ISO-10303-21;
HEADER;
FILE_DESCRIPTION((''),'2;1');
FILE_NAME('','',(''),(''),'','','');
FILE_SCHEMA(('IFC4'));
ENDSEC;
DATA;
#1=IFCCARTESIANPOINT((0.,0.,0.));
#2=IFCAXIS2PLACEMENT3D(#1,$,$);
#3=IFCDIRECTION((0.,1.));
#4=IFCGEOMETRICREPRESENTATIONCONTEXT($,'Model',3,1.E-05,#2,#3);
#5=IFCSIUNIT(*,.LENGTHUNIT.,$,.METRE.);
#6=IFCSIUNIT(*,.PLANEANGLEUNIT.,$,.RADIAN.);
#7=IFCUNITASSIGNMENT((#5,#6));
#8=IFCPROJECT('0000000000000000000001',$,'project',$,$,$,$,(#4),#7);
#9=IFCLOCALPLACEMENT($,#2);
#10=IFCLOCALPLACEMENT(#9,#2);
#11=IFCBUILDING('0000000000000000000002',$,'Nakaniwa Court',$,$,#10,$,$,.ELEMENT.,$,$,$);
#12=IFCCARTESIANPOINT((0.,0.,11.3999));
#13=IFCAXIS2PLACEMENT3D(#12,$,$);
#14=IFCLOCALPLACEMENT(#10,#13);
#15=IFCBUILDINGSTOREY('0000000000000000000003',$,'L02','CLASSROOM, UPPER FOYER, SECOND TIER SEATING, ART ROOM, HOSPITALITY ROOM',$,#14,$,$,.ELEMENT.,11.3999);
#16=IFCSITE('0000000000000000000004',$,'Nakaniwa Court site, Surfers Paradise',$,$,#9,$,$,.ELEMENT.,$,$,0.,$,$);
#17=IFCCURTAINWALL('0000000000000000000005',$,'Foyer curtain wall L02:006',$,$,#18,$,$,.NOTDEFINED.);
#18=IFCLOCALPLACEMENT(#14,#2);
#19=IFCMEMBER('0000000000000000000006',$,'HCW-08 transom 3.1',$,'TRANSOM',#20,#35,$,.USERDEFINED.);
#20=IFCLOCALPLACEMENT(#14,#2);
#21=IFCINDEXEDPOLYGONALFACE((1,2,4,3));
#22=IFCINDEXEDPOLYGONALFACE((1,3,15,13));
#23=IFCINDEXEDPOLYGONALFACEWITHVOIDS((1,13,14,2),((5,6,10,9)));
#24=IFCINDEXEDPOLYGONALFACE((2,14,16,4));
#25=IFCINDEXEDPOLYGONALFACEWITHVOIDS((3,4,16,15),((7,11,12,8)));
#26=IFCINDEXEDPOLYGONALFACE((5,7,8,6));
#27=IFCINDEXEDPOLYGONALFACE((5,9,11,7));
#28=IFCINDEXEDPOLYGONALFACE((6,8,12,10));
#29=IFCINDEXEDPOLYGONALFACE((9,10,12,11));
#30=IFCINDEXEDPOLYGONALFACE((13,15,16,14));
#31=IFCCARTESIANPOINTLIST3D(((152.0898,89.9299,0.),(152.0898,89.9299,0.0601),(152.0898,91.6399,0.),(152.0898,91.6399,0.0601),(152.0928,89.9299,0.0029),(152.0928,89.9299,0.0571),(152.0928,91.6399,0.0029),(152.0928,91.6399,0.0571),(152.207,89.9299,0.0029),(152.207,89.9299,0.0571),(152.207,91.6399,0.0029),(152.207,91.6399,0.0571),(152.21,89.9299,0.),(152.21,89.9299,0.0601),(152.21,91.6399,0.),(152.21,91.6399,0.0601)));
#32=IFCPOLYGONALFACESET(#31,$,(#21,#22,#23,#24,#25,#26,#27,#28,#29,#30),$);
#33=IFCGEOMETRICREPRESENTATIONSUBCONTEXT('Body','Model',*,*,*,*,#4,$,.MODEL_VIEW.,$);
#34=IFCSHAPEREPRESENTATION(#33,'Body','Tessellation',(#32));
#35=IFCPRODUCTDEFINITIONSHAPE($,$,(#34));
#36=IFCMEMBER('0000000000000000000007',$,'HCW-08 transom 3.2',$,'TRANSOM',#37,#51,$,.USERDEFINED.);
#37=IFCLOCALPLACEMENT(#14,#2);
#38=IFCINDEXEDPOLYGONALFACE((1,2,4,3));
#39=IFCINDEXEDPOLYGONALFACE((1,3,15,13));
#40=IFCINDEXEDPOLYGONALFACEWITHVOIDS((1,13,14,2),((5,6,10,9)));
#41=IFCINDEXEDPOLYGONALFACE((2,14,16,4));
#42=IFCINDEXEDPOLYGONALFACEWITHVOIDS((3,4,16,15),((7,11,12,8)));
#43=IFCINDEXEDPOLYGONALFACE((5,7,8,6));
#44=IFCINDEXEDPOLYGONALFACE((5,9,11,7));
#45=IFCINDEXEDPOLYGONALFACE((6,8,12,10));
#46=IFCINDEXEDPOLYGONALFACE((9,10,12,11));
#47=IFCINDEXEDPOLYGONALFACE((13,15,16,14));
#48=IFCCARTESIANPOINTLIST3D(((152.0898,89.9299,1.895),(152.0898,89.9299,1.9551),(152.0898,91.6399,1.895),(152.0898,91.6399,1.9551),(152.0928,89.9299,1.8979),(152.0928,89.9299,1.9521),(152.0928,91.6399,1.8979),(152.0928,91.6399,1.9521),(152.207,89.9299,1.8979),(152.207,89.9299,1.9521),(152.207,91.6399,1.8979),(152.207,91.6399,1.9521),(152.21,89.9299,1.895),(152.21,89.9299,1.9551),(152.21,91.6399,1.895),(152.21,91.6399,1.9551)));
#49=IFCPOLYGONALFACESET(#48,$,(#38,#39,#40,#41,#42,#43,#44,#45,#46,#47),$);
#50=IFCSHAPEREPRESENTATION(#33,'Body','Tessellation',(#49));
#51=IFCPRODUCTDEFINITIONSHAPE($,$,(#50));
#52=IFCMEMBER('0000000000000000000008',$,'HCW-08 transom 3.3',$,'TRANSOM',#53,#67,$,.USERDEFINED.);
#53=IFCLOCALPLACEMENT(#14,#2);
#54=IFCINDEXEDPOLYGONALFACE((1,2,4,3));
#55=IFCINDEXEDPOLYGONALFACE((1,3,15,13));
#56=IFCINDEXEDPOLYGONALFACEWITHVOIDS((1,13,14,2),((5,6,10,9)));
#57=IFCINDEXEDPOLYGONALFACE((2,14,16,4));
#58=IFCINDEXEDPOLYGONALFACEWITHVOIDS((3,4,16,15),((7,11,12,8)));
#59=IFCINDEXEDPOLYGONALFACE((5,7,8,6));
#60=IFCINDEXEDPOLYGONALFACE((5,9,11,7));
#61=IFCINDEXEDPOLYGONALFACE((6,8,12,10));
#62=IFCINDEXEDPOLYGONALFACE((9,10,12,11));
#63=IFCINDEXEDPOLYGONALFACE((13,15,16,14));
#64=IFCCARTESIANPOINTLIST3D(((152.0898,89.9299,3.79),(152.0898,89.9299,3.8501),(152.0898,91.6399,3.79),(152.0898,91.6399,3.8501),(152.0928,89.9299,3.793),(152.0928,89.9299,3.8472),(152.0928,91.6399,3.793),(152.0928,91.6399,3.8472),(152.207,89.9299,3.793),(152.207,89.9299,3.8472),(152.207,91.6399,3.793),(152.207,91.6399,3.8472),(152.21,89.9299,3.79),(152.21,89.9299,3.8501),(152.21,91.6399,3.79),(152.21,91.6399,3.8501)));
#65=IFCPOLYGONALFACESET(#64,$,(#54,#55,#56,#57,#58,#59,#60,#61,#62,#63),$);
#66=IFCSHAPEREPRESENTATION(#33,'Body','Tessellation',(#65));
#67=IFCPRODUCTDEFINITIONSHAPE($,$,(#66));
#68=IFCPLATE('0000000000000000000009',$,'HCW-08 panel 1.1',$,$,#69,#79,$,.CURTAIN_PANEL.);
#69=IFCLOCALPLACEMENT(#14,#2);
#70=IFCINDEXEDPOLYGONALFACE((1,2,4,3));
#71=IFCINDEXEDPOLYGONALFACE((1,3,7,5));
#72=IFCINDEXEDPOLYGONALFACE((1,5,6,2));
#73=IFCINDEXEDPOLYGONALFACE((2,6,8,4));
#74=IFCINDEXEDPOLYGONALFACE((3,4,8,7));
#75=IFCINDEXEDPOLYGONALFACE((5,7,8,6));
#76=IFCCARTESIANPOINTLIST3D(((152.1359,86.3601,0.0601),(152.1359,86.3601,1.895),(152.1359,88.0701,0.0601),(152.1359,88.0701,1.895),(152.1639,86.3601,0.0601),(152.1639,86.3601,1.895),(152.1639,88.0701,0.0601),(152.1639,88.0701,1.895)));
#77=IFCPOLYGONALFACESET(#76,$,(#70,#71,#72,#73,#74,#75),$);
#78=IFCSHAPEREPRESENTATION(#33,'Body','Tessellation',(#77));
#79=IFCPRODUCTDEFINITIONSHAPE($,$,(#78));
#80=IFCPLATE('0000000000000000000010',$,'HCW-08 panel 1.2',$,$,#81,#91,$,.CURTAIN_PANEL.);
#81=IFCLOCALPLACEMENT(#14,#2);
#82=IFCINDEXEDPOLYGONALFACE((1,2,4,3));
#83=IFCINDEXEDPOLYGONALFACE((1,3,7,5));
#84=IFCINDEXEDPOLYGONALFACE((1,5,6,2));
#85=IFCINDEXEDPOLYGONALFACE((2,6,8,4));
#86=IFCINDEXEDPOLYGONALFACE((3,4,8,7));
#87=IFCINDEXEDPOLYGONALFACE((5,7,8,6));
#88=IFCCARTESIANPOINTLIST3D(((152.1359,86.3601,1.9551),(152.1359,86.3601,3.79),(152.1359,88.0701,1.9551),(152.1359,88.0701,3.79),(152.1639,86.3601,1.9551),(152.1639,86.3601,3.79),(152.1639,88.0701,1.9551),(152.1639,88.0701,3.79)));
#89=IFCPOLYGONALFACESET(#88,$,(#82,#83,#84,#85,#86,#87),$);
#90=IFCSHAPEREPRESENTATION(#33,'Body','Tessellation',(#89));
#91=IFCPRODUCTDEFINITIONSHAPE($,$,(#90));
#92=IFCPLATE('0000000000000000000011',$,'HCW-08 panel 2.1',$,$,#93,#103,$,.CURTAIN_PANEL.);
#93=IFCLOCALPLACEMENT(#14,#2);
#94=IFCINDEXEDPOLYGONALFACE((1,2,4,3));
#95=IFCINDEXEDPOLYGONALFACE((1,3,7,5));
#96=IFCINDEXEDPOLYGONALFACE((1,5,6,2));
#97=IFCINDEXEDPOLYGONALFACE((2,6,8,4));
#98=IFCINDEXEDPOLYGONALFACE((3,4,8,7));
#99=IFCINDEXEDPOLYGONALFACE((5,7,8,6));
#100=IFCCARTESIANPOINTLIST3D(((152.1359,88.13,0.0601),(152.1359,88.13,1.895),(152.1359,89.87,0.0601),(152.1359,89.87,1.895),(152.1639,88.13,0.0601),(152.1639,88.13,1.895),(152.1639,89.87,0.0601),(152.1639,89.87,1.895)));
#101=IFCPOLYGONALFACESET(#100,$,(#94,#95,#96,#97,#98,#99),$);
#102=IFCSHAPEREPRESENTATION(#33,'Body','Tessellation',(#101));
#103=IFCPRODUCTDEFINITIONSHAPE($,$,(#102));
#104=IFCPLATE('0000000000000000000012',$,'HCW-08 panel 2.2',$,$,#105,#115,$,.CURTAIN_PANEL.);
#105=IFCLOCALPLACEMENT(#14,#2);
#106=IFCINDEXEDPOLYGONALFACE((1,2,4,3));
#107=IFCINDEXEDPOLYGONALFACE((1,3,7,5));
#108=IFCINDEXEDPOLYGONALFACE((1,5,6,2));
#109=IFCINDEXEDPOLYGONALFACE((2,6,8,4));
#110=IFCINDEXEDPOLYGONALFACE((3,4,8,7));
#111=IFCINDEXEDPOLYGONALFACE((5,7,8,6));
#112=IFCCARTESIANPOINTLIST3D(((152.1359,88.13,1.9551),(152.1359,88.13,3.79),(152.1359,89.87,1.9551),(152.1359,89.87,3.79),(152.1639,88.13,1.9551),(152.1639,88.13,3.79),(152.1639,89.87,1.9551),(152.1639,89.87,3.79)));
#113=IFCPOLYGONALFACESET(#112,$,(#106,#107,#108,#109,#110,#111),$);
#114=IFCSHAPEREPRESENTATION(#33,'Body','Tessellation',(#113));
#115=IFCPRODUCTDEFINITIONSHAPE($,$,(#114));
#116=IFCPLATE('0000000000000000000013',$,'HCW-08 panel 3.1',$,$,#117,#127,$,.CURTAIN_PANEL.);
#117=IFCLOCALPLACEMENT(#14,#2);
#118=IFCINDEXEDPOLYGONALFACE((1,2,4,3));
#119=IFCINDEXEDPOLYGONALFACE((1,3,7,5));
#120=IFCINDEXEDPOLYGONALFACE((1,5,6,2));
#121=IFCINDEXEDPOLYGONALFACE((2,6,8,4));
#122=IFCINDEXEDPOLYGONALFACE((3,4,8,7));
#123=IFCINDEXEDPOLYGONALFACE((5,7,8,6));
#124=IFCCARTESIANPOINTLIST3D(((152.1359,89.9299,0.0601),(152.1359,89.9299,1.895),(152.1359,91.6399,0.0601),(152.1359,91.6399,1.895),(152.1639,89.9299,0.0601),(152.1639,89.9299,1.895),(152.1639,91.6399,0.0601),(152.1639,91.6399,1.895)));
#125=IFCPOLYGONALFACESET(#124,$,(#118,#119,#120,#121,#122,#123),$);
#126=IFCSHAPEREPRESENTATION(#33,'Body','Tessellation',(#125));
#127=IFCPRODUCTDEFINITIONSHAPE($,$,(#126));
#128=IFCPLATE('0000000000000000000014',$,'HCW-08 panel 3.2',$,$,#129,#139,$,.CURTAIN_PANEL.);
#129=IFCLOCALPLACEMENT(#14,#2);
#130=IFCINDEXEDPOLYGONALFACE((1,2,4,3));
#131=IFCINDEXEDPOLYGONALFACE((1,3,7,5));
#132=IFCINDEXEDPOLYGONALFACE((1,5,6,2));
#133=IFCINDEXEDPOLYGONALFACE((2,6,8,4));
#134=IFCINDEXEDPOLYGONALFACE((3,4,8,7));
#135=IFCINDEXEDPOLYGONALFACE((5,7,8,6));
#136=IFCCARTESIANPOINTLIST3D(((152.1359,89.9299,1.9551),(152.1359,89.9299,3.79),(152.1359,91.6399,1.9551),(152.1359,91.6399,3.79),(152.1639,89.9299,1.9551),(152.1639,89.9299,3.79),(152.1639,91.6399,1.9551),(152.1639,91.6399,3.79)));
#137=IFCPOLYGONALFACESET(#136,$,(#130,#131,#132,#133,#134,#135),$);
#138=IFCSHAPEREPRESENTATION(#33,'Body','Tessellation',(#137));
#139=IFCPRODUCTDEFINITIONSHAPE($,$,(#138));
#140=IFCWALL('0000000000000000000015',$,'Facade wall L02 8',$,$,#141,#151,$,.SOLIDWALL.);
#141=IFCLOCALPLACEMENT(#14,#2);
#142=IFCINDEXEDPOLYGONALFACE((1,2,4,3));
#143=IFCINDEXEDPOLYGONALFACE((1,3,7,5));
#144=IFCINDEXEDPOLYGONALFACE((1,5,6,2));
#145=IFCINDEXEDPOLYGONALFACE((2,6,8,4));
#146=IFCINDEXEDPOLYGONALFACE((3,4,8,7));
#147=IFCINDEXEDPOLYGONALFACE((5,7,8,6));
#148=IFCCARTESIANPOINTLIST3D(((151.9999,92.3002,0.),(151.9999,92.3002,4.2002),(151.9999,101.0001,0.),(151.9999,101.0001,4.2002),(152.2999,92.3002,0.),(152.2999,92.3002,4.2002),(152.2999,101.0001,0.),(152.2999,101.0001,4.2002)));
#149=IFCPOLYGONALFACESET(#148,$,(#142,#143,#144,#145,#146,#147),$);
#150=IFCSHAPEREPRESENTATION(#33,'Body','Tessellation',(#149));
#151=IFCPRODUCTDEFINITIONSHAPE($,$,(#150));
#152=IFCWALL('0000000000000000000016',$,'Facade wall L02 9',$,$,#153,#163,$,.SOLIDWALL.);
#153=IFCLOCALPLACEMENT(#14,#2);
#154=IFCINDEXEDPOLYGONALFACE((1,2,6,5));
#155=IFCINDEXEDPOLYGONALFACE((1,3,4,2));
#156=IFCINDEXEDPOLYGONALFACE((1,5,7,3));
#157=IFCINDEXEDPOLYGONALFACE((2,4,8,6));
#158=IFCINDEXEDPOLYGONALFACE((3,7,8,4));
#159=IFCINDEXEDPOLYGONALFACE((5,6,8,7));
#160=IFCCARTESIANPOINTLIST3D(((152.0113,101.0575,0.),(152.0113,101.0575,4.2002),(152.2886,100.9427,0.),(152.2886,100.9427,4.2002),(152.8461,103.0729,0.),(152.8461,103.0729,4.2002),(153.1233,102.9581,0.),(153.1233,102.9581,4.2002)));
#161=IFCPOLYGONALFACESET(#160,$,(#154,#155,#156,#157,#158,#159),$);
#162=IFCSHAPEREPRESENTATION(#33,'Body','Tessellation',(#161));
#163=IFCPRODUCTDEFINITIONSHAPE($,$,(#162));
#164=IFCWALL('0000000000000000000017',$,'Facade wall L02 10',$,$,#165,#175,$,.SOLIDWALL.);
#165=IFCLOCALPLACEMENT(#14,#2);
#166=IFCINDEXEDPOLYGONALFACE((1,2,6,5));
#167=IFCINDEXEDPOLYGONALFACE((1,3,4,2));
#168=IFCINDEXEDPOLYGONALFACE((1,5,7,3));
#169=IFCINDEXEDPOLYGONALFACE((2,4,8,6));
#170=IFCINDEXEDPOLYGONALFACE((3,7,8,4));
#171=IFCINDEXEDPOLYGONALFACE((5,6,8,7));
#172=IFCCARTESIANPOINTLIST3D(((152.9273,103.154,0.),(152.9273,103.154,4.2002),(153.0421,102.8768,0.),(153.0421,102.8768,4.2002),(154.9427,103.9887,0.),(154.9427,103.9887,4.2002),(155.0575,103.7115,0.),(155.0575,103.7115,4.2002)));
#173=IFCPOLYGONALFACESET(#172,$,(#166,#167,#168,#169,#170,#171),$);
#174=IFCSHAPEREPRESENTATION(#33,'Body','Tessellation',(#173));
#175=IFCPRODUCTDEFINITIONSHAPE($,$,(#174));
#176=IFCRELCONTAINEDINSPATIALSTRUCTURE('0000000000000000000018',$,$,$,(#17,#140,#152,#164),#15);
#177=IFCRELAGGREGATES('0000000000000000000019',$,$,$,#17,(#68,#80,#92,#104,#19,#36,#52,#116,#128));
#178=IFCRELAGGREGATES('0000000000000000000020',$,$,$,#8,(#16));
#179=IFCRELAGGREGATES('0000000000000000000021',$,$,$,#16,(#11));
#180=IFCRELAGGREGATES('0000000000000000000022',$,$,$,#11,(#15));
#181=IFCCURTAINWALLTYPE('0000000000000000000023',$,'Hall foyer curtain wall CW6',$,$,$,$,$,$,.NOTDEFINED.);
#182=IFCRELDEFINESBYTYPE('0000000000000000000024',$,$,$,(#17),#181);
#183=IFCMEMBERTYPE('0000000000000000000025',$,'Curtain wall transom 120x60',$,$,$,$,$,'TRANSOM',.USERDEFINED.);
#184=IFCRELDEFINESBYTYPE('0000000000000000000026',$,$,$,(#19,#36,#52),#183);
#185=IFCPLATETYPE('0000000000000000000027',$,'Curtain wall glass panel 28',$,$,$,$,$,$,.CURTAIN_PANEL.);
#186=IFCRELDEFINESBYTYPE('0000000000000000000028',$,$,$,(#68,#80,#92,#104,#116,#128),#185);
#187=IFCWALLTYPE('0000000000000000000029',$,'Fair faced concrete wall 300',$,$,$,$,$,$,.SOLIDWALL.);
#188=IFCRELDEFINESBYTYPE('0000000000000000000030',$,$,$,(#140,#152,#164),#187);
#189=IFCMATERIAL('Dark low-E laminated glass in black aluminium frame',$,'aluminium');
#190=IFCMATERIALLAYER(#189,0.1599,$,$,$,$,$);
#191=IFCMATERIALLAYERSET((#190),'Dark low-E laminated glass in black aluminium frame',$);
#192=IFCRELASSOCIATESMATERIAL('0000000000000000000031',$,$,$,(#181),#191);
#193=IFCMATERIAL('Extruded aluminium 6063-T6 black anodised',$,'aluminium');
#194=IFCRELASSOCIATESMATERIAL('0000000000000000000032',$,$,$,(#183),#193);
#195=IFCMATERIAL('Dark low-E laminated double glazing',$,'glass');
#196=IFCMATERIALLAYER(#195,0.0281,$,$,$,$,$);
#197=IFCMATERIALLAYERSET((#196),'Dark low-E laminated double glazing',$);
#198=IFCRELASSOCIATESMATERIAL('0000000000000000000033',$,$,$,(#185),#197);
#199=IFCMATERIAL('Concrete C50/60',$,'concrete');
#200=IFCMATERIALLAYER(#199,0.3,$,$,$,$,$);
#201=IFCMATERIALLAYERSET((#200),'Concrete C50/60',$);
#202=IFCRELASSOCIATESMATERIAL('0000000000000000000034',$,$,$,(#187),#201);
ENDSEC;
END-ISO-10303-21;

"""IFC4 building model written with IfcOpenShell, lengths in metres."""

from ifc_helpers import new_model, si_unit, direction, frame, frame_2d, origin, origin_2d, place, context, subcontext, project, spatial, rectangle, hollow_rectangle, extrude, material, layer, layer_set, material_profile, profile_set, type_object, element, aggregate, save


model = new_model("IFC4")

# Units and contexts
model_context = context("Model", 3, precision=1e-05, world=origin(), true_north=direction((0.0, 1.0)))
body_context = subcontext(model_context, "Body", "Model", "MODEL_VIEW")
ifc_project = project(units=[si_unit("LENGTHUNIT", "METRE"), si_unit("PLANEANGLEUNIT", "RADIAN")], contexts=[model_context])

# Site, building, storey
site_placement = place(None, origin())
site = spatial("IfcSite", under=ifc_project, at=site_placement, Name="Nakaniwa Court site, Surfers Paradise", CompositionType="ELEMENT", RefElevation=0.0)
building_placement = place(site_placement, origin())
building = spatial("IfcBuilding", under=site, at=building_placement, Name="Nakaniwa Court", CompositionType="ELEMENT")
storey_placement = place(building_placement, frame((0.0, 0.0, 11.3999)))
storey = spatial("IfcBuildingStorey", under=building, at=storey_placement, Name="L02", Description="CLASSROOM, UPPER FOYER, SECOND TIER SEATING, ART ROOM, HOSPITALITY ROOM", CompositionType="ELEMENT", Elevation=11.3999)

# Shared definitions
ifc_material_1 = material(Name="Concrete C50/60", Category="concrete")

# Curtain wall, members, plates
ifc_material_2 = material(Name="Dark low-E laminated glass in black aluminium frame", Category="aluminium")
ifc_layer_1 = layer(ifc_material_2, 0.1599)
ifc_layer_set_1 = layer_set([ifc_layer_1], Name="Dark low-E laminated glass in black aluminium frame")
curtain_wall_type = type_object("IfcCurtainWallType", Name="Hall foyer curtain wall CW6", PredefinedType="NOTDEFINED", material=ifc_layer_set_1)
curtain_wall_placement = place(storey_placement, origin())
curtain_wall = element("IfcCurtainWall", 1, at=curtain_wall_placement, inside=storey, type_object=curtain_wall_type, Name="Foyer curtain wall L02:006", PredefinedType="NOTDEFINED")
ifc_material_3 = material(Name="Extruded aluminium 6063-T6 black anodised", Category="aluminium")
ifc_material_profile_1 = material_profile(ifc_material_3, hollow_rectangle(XDim=0.1201, YDim=0.0601, WallThickness=0.0029, at=origin_2d()), Name="CW transom 120x60")
ifc_profile_set_1 = profile_set([ifc_material_profile_1], Name="Extruded aluminium 6063-T6 black anodised")
member_type_1 = type_object("IfcMemberType", Name="Curtain wall transom 120x60", ElementType="TRANSOM", PredefinedType="USERDEFINED", material=ifc_profile_set_1)
member_1_placement = place(storey_placement, frame((152.1499, 89.9299, 0.03), z_axis=(0.0, 1.0, 0.0), x_axis=(-1.0, 0.0, 0.0)))
member_1 = element("IfcMember", 2, at=member_1_placement, type_object=member_type_1, Name="HCW-08 transom 3.1", ObjectType="TRANSOM", PredefinedType="USERDEFINED", context=body_context, shape_type="SweptSolid", body=[
    extrude(hollow_rectangle(XDim=0.1201, YDim=0.0601, WallThickness=0.0029, at=origin_2d()), origin(), (0.0, 0.0, 1.0), 1.71),
])
member_2_placement = place(storey_placement, frame((152.1499, 89.9299, 1.925), z_axis=(0.0, 1.0, 0.0), x_axis=(-1.0, 0.0, 0.0)))
member_2 = element("IfcMember", 3, at=member_2_placement, type_object=member_type_1, Name="HCW-08 transom 3.2", ObjectType="TRANSOM", PredefinedType="USERDEFINED", context=body_context, shape_type="SweptSolid", body=[
    extrude(hollow_rectangle(XDim=0.1201, YDim=0.0601, WallThickness=0.0029, at=origin_2d()), origin(), (0.0, 0.0, 1.0), 1.71),
])
member_3_placement = place(storey_placement, frame((152.1499, 89.9299, 3.8201), z_axis=(0.0, 1.0, 0.0), x_axis=(-1.0, 0.0, 0.0)))
member_3 = element("IfcMember", 4, at=member_3_placement, type_object=member_type_1, Name="HCW-08 transom 3.3", ObjectType="TRANSOM", PredefinedType="USERDEFINED", context=body_context, shape_type="SweptSolid", body=[
    extrude(hollow_rectangle(XDim=0.1201, YDim=0.0601, WallThickness=0.0029, at=origin_2d()), origin(), (0.0, 0.0, 1.0), 1.71),
])
ifc_material_4 = material(Name="Dark low-E laminated double glazing", Category="glass")
ifc_layer_2 = layer(ifc_material_4, 0.0281)
ifc_layer_set_2 = layer_set([ifc_layer_2], Name="Dark low-E laminated double glazing")
plate_type = type_object("IfcPlateType", Name="Curtain wall glass panel 28", PredefinedType="CURTAIN_PANEL", material=ifc_layer_set_2)
plate_1_placement = place(storey_placement, frame((152.1499, 87.2151, 0.0601), z_axis=(0.0, 0.0, 1.0), x_axis=(0.0, 1.0, 0.0)))
plate_1 = element("IfcPlate", 5, at=plate_1_placement, type_object=plate_type, Name="HCW-08 panel 1.1", PredefinedType="CURTAIN_PANEL", context=body_context, shape_type="SweptSolid", body=[
    extrude(rectangle(XDim=1.71, YDim=0.0281, at=origin_2d()), origin(), (0.0, 0.0, 1.0), 1.835),
])
plate_2_placement = place(storey_placement, frame((152.1499, 87.2151, 1.9551), z_axis=(0.0, 0.0, 1.0), x_axis=(0.0, 1.0, 0.0)))
plate_2 = element("IfcPlate", 6, at=plate_2_placement, type_object=plate_type, Name="HCW-08 panel 1.2", PredefinedType="CURTAIN_PANEL", context=body_context, shape_type="SweptSolid", body=[
    extrude(rectangle(XDim=1.71, YDim=0.0281, at=origin_2d()), origin(), (0.0, 0.0, 1.0), 1.835),
])
plate_3_placement = place(storey_placement, frame((152.1499, 89.0, 0.0601), z_axis=(0.0, 0.0, 1.0), x_axis=(0.0, 1.0, 0.0)))
plate_3 = element("IfcPlate", 7, at=plate_3_placement, type_object=plate_type, Name="HCW-08 panel 2.1", PredefinedType="CURTAIN_PANEL", context=body_context, shape_type="SweptSolid", body=[
    extrude(rectangle(XDim=1.74, YDim=0.0281, at=origin_2d()), origin(), (0.0, 0.0, 1.0), 1.835),
])
plate_4_placement = place(storey_placement, frame((152.1499, 89.0, 1.9551), z_axis=(0.0, 0.0, 1.0), x_axis=(0.0, 1.0, 0.0)))
plate_4 = element("IfcPlate", 8, at=plate_4_placement, type_object=plate_type, Name="HCW-08 panel 2.2", PredefinedType="CURTAIN_PANEL", context=body_context, shape_type="SweptSolid", body=[
    extrude(rectangle(XDim=1.74, YDim=0.0281, at=origin_2d()), origin(), (0.0, 0.0, 1.0), 1.835),
])
plate_5_placement = place(storey_placement, frame((152.1499, 90.7849, 0.0601), z_axis=(0.0, 0.0, 1.0), x_axis=(0.0, 1.0, 0.0)))
plate_5 = element("IfcPlate", 9, at=plate_5_placement, type_object=plate_type, Name="HCW-08 panel 3.1", PredefinedType="CURTAIN_PANEL", context=body_context, shape_type="SweptSolid", body=[
    extrude(rectangle(XDim=1.71, YDim=0.0281, at=origin_2d()), origin(), (0.0, 0.0, 1.0), 1.835),
])
plate_6_placement = place(storey_placement, frame((152.1499, 90.7849, 1.9551), z_axis=(0.0, 0.0, 1.0), x_axis=(0.0, 1.0, 0.0)))
plate_6 = element("IfcPlate", 10, at=plate_6_placement, type_object=plate_type, Name="HCW-08 panel 3.2", PredefinedType="CURTAIN_PANEL", context=body_context, shape_type="SweptSolid", body=[
    extrude(rectangle(XDim=1.71, YDim=0.0281, at=origin_2d()), origin(), (0.0, 0.0, 1.0), 1.835),
])
aggregate(curtain_wall, [plate_1, plate_2, plate_3, plate_4, member_1, member_2, member_3, plate_5, plate_6])

# Walls
ifc_layer_3 = layer(ifc_material_1, 0.3)
ifc_layer_set_3 = layer_set([ifc_layer_3], Name="Concrete C50/60")
wall_type_1 = type_object("IfcWallType", Name="Fair faced concrete wall 300", PredefinedType="SOLIDWALL", material=ifc_layer_set_3)
wall_1_placement = place(storey_placement, frame((152.1499, 92.3, 0.0), z_axis=(0.0, 0.0, 1.0), x_axis=(0.0, 1.0, 0.0)))
element("IfcWall", 11, at=wall_1_placement, inside=storey, type_object=wall_type_1, Name="Facade wall L02 8", PredefinedType="SOLIDWALL", context=body_context, shape_type="SweptSolid", body=[
    extrude(rectangle(XDim=8.7, YDim=0.3, at=frame_2d((4.3501, 0.0))), origin(), (0.0, 0.0, 1.0), 4.2002),
])
for number, where, z_axis, x_axis, name in (
    (12, (152.1499, 101.0, 0.0), (0.0, 0.0, 1.0), (0.382652, 0.923893, 0.0), "Facade wall L02 9"),
    (13, (152.9846, 103.0154, 0.0), (0.0, 0.0, 1.0), (0.923893, 0.382652, 0.0), "Facade wall L02 10"),
):
    element("IfcWall", number, at=place(storey_placement, frame(where, z_axis=z_axis, x_axis=x_axis)), inside=storey, type_object=wall_type_1, Name=name, PredefinedType="SOLIDWALL", context=body_context, shape_type="SweptSolid", body=[
        extrude(rectangle(XDim=2.1814, YDim=0.3, at=frame_2d((1.0908, 0.0))), origin(), (0.0, 0.0, 1.0), 4.2002),
    ])

save(model, "model.ifc")
